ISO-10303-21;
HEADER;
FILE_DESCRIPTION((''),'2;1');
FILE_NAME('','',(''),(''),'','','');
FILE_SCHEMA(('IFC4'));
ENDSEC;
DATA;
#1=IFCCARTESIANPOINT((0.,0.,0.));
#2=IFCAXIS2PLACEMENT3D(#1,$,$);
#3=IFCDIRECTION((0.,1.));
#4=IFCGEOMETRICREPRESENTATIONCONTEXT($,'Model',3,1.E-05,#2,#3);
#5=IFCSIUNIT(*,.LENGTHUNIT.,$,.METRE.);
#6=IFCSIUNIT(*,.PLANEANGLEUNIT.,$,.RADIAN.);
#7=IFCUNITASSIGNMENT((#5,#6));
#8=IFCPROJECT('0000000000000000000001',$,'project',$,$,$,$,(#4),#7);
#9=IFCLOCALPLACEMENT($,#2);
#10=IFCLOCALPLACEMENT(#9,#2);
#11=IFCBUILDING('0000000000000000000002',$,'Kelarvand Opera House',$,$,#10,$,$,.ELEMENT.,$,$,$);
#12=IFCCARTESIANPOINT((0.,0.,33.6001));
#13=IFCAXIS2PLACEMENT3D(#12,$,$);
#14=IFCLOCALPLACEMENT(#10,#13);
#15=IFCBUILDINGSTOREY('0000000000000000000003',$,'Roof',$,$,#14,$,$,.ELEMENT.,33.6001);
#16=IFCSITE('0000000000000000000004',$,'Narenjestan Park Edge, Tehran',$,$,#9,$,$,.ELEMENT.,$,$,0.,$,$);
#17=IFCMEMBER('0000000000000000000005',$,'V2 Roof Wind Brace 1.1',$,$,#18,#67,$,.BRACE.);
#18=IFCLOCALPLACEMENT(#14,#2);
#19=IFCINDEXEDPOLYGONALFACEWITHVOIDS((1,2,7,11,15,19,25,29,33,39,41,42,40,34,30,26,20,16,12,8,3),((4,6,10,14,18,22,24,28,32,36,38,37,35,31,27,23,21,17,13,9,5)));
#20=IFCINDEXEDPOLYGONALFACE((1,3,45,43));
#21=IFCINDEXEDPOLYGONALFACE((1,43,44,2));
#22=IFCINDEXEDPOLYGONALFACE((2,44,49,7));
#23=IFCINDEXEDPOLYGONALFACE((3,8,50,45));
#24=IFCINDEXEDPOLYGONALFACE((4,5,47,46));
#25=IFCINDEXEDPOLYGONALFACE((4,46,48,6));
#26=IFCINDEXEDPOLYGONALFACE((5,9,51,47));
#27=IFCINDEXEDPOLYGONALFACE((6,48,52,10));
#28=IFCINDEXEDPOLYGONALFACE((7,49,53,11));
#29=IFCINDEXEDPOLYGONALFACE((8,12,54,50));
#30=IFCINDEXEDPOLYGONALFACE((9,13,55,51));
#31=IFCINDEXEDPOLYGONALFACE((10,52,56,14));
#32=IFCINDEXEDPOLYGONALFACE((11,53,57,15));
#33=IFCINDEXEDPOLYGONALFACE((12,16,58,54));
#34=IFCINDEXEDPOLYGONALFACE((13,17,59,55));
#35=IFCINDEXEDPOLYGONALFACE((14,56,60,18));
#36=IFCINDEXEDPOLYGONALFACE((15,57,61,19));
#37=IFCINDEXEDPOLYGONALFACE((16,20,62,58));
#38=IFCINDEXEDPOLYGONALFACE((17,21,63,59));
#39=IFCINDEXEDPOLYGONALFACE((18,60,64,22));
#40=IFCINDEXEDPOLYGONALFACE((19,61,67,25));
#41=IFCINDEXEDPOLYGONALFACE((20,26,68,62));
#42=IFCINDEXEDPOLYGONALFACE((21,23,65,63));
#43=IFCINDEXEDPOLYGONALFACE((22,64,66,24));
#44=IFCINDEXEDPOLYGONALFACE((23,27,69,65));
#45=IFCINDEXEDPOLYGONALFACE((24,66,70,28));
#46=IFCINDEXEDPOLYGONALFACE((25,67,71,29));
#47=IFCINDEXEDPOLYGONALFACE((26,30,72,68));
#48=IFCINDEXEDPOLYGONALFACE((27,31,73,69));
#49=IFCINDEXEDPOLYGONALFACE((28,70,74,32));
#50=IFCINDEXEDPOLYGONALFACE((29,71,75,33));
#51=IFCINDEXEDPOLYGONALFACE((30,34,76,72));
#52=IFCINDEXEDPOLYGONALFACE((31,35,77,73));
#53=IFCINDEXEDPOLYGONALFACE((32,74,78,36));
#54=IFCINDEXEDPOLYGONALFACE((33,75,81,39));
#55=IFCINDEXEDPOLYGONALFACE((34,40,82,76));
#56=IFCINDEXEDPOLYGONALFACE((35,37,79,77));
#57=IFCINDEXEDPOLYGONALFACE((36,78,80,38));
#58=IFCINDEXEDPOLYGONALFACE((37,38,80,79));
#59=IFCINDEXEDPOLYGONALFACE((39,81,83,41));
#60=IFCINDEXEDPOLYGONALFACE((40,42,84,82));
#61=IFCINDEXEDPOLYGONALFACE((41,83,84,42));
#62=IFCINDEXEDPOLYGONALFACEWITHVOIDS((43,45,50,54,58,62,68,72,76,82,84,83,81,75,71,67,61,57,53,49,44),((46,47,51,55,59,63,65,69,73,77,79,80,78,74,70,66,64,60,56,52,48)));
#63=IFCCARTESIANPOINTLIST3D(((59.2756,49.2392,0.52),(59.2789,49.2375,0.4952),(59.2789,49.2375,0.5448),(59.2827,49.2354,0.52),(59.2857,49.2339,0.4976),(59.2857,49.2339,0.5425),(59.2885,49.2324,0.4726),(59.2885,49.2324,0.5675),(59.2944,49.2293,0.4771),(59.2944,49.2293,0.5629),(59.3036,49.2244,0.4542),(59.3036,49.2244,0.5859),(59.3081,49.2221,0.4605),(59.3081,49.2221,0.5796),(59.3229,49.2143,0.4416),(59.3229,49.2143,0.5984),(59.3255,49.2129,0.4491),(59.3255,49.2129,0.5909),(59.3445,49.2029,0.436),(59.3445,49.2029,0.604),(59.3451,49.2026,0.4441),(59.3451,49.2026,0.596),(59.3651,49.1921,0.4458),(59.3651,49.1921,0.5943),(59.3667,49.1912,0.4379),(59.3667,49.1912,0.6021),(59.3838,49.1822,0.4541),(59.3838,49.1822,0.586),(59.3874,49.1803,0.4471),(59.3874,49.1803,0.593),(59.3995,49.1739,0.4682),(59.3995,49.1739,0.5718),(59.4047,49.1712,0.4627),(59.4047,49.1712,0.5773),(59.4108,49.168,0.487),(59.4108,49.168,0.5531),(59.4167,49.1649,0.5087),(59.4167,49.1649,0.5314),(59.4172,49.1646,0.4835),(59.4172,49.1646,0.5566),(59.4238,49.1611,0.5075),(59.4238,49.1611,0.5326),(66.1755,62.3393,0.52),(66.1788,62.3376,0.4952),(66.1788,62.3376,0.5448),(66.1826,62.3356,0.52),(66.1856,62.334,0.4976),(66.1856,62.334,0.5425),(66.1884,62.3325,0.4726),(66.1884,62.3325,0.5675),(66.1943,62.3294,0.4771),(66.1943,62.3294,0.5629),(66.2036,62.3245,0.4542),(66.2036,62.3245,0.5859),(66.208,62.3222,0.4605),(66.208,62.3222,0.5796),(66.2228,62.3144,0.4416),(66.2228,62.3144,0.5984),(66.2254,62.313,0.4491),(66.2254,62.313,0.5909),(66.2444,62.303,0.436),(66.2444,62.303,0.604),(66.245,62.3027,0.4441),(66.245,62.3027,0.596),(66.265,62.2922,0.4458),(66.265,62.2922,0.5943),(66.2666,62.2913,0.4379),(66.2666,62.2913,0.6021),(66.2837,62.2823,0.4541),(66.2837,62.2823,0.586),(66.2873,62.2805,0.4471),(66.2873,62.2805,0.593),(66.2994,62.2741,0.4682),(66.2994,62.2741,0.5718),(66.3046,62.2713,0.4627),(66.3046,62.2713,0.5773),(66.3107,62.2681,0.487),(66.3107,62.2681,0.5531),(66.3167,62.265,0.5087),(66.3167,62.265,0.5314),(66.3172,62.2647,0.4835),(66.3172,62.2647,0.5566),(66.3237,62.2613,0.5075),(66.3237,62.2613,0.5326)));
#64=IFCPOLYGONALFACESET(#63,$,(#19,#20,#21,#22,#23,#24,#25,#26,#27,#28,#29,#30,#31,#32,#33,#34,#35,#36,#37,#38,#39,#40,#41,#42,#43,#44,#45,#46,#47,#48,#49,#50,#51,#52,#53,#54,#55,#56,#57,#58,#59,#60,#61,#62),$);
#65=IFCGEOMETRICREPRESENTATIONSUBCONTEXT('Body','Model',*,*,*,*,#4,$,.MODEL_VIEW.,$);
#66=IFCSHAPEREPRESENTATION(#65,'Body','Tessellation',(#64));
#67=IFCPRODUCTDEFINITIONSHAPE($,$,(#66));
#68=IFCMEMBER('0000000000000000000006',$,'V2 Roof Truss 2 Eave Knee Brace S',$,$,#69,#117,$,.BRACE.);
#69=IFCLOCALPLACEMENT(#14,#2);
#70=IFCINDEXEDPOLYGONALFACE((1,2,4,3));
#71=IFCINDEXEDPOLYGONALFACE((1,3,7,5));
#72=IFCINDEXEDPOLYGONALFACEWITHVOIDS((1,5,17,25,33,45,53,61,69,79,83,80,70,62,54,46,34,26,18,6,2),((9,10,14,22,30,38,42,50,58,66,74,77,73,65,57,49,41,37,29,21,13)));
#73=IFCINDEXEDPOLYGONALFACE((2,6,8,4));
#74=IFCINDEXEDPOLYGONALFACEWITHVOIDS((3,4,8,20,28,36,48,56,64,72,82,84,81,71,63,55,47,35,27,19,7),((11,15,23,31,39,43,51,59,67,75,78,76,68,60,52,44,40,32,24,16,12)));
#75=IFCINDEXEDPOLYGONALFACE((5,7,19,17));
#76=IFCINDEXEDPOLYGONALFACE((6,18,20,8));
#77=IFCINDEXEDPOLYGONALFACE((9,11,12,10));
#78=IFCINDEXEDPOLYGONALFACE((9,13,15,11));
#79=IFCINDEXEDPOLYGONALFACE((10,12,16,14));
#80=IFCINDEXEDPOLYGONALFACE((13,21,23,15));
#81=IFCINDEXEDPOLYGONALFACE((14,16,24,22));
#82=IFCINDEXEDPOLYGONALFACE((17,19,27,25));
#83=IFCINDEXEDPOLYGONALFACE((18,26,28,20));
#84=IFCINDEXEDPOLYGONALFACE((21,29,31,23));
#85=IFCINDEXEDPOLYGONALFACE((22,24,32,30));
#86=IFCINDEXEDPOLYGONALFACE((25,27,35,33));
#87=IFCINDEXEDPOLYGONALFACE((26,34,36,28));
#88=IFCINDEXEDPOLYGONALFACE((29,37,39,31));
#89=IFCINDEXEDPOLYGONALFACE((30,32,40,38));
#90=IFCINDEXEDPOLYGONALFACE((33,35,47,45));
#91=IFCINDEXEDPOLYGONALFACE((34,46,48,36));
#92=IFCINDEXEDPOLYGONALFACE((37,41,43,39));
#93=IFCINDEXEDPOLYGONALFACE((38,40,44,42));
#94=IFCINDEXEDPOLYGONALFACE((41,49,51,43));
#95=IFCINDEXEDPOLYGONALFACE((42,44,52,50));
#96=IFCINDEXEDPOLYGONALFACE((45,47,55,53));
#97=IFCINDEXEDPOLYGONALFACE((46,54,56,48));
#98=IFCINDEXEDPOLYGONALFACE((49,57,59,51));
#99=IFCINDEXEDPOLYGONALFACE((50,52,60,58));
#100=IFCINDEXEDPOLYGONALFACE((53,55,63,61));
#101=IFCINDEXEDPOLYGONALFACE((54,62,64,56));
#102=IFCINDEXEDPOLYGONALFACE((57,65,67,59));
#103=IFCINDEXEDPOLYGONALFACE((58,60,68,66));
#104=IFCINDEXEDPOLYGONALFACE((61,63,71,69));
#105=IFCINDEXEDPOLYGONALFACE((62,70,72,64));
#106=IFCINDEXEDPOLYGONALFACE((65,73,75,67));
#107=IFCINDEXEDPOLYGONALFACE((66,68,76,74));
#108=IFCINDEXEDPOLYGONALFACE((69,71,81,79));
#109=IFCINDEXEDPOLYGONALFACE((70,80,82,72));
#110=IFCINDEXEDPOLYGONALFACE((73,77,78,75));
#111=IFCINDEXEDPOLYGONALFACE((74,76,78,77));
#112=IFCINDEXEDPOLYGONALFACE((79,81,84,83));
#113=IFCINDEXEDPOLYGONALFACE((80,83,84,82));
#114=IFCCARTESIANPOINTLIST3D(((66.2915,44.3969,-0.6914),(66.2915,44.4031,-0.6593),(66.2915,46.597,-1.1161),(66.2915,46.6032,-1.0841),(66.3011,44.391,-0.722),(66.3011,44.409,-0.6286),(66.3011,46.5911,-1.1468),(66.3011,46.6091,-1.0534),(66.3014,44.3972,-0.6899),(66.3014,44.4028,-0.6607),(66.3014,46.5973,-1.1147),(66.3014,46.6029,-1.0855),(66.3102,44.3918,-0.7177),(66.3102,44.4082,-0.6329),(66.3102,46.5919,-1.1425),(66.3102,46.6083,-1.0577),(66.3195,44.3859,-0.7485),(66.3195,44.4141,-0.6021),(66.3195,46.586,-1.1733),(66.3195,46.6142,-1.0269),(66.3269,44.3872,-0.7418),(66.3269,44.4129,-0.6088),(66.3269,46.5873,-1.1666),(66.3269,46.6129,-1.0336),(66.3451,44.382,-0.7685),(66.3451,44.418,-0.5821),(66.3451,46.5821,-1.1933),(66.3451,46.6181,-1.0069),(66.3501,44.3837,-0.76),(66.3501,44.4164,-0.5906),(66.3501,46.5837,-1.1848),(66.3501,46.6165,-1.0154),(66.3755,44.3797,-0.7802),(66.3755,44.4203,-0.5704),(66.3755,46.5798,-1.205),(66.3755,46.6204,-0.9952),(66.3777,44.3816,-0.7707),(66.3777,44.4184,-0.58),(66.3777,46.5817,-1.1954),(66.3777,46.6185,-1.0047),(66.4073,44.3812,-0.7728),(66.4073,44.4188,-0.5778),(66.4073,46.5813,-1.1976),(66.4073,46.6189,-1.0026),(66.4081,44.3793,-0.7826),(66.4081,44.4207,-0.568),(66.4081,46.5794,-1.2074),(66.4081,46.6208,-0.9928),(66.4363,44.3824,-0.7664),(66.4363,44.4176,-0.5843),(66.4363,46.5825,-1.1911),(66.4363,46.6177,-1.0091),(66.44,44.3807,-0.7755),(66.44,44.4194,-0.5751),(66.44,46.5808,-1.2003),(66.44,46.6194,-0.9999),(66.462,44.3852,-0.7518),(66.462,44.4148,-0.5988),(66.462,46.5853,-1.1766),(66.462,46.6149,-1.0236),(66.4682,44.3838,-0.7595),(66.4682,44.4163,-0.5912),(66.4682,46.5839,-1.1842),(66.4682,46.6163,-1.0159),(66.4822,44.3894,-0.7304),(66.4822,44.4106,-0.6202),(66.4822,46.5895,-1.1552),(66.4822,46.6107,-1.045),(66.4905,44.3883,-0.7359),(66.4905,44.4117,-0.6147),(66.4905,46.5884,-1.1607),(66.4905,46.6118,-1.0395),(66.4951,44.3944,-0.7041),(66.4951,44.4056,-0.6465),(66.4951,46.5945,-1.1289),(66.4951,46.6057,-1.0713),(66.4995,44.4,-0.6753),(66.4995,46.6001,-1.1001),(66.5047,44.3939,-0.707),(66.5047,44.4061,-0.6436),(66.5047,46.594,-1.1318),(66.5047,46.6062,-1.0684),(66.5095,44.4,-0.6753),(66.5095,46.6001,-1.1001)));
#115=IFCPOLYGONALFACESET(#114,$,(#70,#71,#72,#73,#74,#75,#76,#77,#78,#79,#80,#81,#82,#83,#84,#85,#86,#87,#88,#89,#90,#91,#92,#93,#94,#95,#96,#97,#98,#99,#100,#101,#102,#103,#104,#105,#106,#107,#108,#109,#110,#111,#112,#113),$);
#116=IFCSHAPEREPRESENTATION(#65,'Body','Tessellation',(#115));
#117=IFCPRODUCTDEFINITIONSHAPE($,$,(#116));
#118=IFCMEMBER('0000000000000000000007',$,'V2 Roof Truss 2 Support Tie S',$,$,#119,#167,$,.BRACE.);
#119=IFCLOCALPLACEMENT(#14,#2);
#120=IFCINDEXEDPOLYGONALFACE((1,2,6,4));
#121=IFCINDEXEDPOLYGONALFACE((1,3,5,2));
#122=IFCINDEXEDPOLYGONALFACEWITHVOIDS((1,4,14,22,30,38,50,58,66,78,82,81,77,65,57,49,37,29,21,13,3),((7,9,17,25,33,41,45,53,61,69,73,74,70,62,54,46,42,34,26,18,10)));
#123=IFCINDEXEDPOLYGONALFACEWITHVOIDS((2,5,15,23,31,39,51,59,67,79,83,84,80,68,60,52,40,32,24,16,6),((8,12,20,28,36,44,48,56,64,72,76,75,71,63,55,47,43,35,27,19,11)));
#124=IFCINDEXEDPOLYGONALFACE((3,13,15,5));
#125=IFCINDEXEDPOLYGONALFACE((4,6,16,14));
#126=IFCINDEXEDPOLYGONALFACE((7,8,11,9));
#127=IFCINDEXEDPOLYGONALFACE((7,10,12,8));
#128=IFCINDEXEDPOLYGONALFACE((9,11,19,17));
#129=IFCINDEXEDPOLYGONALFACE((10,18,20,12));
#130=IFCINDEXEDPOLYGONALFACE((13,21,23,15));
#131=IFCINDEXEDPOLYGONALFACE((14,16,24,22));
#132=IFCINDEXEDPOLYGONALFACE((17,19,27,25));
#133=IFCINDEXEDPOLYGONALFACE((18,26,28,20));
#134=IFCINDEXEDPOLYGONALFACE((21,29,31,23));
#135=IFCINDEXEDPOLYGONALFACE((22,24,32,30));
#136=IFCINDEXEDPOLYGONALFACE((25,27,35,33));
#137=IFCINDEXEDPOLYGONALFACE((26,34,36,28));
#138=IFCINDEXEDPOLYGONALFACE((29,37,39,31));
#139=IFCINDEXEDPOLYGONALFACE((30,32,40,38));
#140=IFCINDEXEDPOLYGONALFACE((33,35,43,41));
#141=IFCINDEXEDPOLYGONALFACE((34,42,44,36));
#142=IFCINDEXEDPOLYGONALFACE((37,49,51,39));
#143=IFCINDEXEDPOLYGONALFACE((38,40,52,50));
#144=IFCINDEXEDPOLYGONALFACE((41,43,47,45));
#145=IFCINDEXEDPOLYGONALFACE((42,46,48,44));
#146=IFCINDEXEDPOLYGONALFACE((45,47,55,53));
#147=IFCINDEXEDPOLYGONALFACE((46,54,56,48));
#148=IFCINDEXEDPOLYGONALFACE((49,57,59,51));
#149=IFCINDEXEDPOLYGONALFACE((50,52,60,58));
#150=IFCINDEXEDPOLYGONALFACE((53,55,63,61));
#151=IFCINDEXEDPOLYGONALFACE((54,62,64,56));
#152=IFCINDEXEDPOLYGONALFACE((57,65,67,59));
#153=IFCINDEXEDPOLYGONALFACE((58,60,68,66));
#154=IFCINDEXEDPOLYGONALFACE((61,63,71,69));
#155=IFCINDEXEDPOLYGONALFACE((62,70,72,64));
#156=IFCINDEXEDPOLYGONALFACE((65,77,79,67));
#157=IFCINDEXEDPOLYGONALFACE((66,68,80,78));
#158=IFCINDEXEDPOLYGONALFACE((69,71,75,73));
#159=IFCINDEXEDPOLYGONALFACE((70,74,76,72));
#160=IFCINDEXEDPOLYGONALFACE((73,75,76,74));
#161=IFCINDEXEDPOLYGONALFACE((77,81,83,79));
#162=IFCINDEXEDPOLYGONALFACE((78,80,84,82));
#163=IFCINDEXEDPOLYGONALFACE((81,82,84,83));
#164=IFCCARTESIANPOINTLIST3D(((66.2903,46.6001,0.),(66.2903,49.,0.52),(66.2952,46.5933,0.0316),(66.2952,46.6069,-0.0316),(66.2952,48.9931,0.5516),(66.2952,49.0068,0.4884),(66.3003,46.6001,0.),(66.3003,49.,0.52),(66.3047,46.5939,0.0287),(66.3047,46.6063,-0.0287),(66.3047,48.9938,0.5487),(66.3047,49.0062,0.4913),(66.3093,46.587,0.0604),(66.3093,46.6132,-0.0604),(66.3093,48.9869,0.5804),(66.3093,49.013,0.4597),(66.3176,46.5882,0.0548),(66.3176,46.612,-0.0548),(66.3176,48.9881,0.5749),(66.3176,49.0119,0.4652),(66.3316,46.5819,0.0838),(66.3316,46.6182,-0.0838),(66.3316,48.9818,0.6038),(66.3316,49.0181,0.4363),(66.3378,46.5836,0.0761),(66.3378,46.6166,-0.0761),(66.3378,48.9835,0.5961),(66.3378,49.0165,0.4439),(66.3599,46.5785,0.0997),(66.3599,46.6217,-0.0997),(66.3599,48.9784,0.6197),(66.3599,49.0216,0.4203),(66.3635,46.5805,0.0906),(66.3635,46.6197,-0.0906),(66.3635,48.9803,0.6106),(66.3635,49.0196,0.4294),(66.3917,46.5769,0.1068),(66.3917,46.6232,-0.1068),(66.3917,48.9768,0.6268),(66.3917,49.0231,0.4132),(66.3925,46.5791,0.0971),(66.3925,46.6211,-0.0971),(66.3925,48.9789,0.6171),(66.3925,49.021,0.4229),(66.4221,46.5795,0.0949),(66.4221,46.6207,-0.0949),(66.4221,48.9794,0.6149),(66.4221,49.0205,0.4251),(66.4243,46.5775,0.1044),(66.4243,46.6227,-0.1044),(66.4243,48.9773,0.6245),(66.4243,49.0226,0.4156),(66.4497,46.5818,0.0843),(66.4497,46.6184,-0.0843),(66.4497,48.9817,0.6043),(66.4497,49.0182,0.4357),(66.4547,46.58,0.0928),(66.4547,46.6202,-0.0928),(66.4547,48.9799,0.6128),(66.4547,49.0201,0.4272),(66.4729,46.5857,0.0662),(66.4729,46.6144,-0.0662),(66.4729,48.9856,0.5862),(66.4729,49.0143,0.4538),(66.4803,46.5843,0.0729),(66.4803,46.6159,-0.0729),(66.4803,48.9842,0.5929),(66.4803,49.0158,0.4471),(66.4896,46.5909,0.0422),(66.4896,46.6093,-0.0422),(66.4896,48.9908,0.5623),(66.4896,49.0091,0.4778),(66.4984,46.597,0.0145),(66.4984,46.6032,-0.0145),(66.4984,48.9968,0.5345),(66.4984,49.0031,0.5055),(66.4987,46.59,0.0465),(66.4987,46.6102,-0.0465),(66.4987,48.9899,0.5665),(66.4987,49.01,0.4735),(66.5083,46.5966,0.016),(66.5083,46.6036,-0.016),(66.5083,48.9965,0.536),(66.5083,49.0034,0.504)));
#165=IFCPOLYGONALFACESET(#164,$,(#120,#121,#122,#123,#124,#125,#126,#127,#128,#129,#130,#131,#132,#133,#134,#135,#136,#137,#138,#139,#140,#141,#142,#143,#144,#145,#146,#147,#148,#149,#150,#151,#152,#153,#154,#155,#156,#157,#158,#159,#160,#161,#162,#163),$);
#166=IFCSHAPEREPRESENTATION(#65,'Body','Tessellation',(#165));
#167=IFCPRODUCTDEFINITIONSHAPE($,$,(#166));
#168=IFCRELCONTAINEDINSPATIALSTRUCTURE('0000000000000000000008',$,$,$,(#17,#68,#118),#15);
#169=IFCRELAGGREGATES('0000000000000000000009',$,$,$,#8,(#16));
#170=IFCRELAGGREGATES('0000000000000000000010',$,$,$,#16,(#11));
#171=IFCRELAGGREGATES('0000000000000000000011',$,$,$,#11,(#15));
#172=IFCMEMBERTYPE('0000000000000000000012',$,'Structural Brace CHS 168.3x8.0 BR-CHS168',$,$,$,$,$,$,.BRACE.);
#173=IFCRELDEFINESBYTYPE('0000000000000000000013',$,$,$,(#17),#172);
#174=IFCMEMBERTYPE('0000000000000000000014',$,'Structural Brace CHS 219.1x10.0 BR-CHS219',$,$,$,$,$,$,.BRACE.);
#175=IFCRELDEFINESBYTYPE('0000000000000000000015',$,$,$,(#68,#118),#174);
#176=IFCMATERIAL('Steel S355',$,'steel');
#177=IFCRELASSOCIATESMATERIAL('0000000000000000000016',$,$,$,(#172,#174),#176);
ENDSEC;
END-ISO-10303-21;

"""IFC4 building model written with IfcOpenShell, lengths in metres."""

from ifc_helpers import new_model, si_unit, direction, frame, origin, origin_2d, place, context, subcontext, project, spatial, hollow_circle, extrude, material, material_profile, profile_set, type_object, element, save


model = new_model("IFC4")

# Units and contexts
model_context = context("Model", 3, precision=1e-05, world=origin(), true_north=direction((0.0, 1.0)))
body_context = subcontext(model_context, "Body", "Model", "MODEL_VIEW")
ifc_project = project(units=[si_unit("LENGTHUNIT", "METRE"), si_unit("PLANEANGLEUNIT", "RADIAN")], contexts=[model_context])

# Site, building, storey
site_placement = place(None, origin())
site = spatial("IfcSite", under=ifc_project, at=site_placement, Name="Narenjestan Park Edge, Tehran", CompositionType="ELEMENT", RefElevation=0.0)
building_placement = place(site_placement, origin())
building = spatial("IfcBuilding", under=site, at=building_placement, Name="Kelarvand Opera House", CompositionType="ELEMENT")
storey_placement = place(building_placement, frame((0.0, 0.0, 33.6001)))
storey = spatial("IfcBuildingStorey", under=building, at=storey_placement, Name="Roof", CompositionType="ELEMENT", Elevation=33.6001)

# Members
ifc_material_1 = material(Name="Steel S355", Category="steel")
ifc_material_profile_1 = material_profile(ifc_material_1, hollow_circle(Radius=0.0842, WallThickness=0.0081, at=origin_2d()), Name="CHS 168.3x8.0", Category="steel")
ifc_profile_set_1 = profile_set([ifc_material_profile_1], Name="Steel S355")
member_type_1 = type_object("IfcMemberType", Name="Structural Brace CHS 168.3x8.0 BR-CHS168", PredefinedType="BRACE", material=ifc_profile_set_1)
member_1_placement = place(storey_placement, frame((59.3501, 49.2, 0.52), z_axis=(0.466017, 0.884776, 0.0), x_axis=(-0.884776, 0.466017, 0.0)))
element("IfcMember", 1, at=member_1_placement, inside=storey, type_object=member_type_1, Name="V2 Roof Wind Brace 1.1", PredefinedType="BRACE", context=body_context, shape_type="SweptSolid", body=[
    extrude(hollow_circle(Radius=0.0842, WallThickness=0.0081, at=origin_2d()), origin(), (0.0, 0.0, 1.0), 14.8062),
])
ifc_material_profile_2 = material_profile(ifc_material_1, hollow_circle(Radius=0.1096, WallThickness=0.01, at=origin_2d()), Name="CHS 219.1x10.0", Category="steel")
ifc_profile_set_2 = profile_set([ifc_material_profile_2], Name="Steel S355")
member_type_2 = type_object("IfcMemberType", Name="Structural Brace CHS 219.1x10.0 BR-CHS219", PredefinedType="BRACE", material=ifc_profile_set_2)
member_2_placement = place(storey_placement, frame((66.3999, 46.6001, -1.1001), z_axis=(0.0, -0.981866, 0.189575), x_axis=(1.0, 0.0, 0.0)))
element("IfcMember", 2, at=member_2_placement, inside=storey, type_object=member_type_2, Name="V2 Roof Truss 2 Eave Knee Brace S", PredefinedType="BRACE", context=body_context, shape_type="SweptSolid", body=[
    extrude(hollow_circle(Radius=0.1096, WallThickness=0.01, at=origin_2d()), origin(), (0.0, 0.0, 1.0), 2.2407),
])
member_3_placement = place(storey_placement, frame((66.3999, 46.6001, 0.0), z_axis=(0.0, 0.97732, 0.211769), x_axis=(-1.0, 0.0, 0.0)))
element("IfcMember", 3, at=member_3_placement, inside=storey, type_object=member_type_2, Name="V2 Roof Truss 2 Support Tie S", PredefinedType="BRACE", context=body_context, shape_type="SweptSolid", body=[
    extrude(hollow_circle(Radius=0.1096, WallThickness=0.01, at=origin_2d()), origin(), (0.0, 0.0, 1.0), 2.4556),
])

save(model, "model.ifc")
